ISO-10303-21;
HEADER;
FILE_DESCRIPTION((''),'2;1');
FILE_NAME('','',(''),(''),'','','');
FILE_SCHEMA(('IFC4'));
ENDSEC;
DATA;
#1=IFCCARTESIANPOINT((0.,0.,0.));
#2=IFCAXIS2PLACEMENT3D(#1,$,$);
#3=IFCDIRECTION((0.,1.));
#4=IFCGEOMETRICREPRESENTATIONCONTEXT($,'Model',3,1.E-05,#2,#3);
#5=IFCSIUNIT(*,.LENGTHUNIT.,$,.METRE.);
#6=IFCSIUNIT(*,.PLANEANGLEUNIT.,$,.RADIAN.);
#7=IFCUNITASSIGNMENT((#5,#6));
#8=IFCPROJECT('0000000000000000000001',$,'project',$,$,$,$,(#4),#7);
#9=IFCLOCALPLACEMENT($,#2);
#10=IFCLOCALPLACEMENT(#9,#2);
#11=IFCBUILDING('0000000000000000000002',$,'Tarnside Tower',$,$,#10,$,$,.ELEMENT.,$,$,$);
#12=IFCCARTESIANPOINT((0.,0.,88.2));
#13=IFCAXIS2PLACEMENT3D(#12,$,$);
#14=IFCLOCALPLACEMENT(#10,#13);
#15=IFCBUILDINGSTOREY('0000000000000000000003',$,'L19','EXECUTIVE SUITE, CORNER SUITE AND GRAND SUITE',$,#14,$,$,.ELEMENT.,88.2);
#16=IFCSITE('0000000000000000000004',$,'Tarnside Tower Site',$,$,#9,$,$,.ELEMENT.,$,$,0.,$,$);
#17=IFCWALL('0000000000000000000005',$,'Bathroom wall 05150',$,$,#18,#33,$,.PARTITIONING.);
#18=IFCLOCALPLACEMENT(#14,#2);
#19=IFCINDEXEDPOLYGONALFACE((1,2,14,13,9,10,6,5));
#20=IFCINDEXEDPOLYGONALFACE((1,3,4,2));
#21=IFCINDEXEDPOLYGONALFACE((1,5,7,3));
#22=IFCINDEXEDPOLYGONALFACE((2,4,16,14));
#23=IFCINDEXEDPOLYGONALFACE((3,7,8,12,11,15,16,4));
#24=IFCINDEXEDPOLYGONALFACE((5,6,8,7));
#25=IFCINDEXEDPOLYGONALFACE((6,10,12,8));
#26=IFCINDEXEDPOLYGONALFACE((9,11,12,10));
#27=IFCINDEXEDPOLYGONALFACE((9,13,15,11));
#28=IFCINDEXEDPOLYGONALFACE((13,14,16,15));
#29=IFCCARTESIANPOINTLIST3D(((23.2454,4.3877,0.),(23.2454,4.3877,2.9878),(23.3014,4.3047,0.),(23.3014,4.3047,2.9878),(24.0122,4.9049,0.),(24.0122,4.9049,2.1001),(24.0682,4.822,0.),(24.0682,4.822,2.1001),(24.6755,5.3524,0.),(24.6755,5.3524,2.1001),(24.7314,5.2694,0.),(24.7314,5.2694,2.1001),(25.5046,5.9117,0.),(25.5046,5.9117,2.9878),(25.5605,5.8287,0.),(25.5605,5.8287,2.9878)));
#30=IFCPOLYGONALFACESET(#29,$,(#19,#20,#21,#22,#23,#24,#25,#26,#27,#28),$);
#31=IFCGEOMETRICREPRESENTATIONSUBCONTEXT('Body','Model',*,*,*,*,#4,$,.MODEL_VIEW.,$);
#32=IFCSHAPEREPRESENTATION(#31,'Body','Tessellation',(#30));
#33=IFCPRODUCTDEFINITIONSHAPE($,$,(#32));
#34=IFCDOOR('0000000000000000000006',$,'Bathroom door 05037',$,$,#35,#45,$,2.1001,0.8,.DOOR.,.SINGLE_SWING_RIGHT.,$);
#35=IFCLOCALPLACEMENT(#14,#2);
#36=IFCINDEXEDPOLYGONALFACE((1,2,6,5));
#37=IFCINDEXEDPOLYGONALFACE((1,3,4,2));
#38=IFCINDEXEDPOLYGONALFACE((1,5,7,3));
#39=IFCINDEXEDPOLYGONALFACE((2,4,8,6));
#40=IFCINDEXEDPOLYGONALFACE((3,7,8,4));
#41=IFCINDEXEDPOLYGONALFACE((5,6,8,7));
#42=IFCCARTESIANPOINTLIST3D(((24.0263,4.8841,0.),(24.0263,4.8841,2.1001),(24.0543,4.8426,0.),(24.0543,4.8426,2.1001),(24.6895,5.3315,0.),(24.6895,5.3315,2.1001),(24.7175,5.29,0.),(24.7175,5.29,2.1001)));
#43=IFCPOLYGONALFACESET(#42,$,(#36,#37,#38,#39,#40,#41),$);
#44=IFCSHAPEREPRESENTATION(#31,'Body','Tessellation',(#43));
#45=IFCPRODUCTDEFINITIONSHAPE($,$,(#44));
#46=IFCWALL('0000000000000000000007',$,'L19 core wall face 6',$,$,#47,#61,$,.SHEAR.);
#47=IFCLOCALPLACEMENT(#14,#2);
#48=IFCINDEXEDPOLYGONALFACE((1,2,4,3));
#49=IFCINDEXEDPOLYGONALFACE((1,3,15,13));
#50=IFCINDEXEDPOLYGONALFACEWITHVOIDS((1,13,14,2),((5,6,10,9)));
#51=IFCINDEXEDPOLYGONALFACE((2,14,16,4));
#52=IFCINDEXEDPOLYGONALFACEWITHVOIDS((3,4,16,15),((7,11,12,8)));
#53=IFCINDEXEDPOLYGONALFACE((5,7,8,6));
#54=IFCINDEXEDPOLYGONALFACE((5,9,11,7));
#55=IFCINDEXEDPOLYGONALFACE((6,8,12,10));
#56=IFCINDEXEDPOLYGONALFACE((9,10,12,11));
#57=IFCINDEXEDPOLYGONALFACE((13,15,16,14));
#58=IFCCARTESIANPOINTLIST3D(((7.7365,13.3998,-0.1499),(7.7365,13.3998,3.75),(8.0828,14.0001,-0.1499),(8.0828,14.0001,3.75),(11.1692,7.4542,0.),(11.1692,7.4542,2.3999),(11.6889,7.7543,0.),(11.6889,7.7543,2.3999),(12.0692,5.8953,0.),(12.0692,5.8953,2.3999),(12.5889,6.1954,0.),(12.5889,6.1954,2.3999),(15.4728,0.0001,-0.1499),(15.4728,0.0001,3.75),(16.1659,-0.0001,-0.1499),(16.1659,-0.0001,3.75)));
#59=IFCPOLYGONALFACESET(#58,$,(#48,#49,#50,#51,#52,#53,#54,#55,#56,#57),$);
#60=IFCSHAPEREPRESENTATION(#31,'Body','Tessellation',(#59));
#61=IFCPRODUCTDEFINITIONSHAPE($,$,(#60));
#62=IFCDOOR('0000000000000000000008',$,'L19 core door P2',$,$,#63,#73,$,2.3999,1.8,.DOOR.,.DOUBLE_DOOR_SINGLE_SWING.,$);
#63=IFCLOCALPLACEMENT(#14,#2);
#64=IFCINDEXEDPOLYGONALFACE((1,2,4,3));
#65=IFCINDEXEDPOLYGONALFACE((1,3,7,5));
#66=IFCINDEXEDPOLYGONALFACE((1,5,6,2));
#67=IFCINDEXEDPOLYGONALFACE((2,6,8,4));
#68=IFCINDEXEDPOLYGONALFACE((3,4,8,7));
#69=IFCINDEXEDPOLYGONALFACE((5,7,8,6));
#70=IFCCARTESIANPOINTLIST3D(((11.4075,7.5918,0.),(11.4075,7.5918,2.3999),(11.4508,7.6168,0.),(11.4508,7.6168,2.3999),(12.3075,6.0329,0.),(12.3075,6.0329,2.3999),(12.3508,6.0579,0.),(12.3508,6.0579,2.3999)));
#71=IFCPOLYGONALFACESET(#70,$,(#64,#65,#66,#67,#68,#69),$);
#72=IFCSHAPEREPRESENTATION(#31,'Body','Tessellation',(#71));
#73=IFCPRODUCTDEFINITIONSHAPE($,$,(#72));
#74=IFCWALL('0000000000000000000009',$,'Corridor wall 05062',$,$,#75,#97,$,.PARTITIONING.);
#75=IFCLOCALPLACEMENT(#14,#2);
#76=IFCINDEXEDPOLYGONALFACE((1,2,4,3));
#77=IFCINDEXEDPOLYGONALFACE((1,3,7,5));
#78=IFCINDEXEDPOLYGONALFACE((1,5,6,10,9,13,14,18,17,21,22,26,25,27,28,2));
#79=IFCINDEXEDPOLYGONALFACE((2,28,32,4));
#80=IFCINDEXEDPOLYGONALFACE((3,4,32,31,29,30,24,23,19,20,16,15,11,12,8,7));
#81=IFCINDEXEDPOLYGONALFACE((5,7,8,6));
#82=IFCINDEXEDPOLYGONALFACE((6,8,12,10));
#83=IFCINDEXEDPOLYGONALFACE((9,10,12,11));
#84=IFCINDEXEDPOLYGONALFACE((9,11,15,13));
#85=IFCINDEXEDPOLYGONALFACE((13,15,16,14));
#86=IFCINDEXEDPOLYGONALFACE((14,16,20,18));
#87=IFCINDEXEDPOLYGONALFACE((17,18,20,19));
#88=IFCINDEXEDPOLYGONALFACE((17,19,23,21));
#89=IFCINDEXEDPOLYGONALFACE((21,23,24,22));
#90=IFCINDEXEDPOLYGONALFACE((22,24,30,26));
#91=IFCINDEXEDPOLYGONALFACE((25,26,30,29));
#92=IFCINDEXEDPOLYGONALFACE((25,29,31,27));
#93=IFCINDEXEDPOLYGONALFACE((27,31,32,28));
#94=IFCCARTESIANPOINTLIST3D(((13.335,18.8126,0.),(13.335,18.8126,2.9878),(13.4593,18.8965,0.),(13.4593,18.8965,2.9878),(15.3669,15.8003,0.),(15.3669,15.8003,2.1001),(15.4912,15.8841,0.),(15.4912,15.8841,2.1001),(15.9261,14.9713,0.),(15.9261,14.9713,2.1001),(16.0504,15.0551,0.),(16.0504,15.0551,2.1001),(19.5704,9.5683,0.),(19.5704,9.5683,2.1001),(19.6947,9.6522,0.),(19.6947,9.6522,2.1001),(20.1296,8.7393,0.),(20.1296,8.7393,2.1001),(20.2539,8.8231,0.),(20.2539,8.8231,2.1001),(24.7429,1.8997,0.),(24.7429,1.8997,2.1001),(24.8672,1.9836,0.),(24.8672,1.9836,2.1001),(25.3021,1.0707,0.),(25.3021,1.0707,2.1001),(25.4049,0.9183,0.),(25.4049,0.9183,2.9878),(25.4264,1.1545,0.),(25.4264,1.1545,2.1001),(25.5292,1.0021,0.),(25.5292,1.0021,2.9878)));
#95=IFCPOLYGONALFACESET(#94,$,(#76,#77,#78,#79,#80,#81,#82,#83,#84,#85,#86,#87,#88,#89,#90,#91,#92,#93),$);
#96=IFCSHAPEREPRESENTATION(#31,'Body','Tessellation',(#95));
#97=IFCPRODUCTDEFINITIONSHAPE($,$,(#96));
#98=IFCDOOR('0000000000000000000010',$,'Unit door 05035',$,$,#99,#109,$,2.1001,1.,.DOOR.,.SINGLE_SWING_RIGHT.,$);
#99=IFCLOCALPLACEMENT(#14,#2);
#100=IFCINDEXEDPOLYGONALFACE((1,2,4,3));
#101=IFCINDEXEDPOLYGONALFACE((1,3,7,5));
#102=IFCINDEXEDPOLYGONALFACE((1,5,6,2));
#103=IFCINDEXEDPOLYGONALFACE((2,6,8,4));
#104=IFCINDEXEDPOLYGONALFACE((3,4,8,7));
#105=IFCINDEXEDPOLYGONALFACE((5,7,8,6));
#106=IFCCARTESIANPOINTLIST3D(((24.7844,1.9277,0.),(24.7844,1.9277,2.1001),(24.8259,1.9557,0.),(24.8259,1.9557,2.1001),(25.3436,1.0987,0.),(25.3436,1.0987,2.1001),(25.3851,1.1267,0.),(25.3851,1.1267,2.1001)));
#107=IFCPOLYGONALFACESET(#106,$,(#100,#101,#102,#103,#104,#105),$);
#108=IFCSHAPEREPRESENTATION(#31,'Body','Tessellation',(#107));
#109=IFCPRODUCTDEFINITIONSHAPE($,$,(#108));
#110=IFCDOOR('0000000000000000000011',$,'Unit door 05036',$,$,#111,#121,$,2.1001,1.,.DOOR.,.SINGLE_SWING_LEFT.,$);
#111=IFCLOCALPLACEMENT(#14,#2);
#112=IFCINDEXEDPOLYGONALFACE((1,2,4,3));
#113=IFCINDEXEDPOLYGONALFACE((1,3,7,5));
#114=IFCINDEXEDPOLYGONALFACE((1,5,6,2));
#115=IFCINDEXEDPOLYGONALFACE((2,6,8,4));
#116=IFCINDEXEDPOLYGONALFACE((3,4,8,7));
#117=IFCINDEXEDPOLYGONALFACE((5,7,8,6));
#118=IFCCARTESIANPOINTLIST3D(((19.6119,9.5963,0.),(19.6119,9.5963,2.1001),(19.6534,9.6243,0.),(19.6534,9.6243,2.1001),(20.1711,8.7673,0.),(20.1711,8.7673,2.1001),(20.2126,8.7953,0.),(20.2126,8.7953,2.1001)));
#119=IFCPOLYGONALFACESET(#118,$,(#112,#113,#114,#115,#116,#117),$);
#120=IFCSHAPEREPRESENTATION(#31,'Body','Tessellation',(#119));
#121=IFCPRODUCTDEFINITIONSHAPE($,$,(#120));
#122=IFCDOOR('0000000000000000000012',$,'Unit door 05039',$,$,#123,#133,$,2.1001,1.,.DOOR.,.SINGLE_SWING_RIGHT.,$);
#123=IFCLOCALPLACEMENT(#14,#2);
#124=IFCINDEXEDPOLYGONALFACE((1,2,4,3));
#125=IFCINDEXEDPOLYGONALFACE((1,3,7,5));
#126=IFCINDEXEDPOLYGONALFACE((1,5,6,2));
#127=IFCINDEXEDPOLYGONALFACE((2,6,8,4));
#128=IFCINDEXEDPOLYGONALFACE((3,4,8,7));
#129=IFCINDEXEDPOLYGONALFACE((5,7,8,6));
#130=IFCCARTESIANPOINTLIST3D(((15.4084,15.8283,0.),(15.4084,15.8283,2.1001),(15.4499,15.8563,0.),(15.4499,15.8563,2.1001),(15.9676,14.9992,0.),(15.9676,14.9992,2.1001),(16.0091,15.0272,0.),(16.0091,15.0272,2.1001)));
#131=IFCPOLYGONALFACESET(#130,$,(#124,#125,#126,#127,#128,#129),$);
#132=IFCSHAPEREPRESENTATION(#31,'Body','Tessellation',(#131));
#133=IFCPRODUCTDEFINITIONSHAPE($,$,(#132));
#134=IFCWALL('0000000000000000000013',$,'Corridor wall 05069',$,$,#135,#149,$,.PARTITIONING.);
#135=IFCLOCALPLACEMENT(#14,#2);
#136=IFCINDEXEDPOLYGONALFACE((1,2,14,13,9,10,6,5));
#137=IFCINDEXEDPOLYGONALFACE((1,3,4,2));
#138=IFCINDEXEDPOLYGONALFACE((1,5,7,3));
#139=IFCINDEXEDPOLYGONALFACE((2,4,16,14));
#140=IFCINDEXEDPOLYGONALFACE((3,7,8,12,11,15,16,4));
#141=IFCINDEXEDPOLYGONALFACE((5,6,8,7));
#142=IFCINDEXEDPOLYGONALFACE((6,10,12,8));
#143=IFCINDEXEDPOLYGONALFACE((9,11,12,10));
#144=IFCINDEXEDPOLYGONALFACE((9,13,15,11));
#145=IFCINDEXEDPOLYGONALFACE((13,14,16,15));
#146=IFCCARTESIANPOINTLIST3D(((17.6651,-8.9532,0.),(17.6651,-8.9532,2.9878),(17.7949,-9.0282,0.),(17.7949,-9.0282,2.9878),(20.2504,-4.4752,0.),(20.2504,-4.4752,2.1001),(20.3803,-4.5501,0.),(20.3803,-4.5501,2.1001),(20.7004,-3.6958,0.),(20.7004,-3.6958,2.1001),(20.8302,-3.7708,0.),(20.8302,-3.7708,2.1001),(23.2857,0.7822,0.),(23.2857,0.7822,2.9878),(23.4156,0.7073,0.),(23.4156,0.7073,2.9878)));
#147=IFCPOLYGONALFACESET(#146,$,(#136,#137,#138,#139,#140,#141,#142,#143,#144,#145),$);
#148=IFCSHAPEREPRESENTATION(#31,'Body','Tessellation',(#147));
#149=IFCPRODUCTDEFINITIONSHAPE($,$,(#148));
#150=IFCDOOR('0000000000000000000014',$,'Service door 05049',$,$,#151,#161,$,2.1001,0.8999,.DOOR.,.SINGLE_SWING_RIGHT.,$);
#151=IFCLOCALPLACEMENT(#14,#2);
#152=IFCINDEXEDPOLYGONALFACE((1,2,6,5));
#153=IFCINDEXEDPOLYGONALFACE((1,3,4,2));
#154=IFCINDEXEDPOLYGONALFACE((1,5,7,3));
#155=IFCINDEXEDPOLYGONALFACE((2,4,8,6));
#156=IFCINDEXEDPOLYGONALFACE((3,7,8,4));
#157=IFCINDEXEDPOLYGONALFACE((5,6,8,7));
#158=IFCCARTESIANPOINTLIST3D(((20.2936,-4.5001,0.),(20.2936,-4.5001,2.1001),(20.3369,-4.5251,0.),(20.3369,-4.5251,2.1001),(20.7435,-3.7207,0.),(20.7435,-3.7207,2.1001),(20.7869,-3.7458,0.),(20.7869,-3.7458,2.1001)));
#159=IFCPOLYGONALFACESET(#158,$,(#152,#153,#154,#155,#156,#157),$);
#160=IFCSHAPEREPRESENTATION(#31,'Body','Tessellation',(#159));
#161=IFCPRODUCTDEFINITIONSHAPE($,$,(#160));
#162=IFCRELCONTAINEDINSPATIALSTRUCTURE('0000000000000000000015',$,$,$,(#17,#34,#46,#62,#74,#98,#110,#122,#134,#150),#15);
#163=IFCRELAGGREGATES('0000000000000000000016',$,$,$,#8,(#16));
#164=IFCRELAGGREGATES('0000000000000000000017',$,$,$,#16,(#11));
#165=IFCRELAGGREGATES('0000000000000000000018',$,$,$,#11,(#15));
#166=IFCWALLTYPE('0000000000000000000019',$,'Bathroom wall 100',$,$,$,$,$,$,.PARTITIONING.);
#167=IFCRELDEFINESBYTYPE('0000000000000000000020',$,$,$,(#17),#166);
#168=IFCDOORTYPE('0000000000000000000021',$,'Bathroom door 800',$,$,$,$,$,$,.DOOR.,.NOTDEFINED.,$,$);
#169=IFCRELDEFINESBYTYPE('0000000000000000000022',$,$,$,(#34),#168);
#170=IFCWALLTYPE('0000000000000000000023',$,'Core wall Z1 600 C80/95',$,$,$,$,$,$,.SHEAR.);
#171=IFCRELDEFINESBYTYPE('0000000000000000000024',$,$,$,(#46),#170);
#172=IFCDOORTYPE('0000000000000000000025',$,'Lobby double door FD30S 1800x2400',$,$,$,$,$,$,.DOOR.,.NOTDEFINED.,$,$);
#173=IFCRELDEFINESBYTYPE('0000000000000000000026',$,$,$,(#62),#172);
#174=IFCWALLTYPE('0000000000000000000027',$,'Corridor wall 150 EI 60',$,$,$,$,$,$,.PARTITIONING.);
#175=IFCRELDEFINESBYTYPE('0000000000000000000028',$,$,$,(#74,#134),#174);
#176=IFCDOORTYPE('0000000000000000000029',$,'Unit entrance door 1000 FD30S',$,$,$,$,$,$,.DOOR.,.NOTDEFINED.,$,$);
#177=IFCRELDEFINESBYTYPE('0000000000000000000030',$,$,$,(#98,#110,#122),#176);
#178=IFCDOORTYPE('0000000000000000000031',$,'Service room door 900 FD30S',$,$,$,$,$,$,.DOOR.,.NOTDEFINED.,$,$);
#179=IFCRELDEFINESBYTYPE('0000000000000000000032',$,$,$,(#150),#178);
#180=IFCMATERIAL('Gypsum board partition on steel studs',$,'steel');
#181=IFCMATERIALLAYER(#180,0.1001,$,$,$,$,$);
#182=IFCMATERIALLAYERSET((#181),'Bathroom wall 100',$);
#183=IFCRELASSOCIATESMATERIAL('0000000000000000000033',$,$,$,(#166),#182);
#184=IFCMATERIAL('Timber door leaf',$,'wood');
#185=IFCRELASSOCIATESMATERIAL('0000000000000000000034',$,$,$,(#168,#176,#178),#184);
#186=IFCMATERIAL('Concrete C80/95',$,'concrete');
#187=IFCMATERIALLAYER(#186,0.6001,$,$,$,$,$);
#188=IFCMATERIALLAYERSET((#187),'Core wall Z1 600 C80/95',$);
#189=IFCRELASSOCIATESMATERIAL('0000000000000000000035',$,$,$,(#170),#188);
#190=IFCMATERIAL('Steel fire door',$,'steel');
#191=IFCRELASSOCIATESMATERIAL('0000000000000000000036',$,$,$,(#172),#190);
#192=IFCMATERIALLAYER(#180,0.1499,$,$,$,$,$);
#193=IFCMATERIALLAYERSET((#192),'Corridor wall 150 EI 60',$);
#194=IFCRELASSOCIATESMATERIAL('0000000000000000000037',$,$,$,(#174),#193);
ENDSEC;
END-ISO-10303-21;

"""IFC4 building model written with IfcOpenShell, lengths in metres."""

from ifc_helpers import new_model, si_unit, direction, frame, frame_2d, origin, place, context, subcontext, project, spatial, polyline, rectangle, outline, extrude, material, layer, layer_set, type_object, element, fill, save


model = new_model("IFC4")

# Units and contexts
model_context = context("Model", 3, precision=1e-05, world=origin(), true_north=direction((0.0, 1.0)))
body_context = subcontext(model_context, "Body", "Model", "MODEL_VIEW")
ifc_project = project(units=[si_unit("LENGTHUNIT", "METRE"), si_unit("PLANEANGLEUNIT", "RADIAN")], contexts=[model_context])

# Site, building, storey
site_placement = place(None, origin())
site = spatial("IfcSite", under=ifc_project, at=site_placement, Name="Tarnside Tower Site", CompositionType="ELEMENT", RefElevation=0.0)
building_placement = place(site_placement, origin())
building = spatial("IfcBuilding", under=site, at=building_placement, Name="Tarnside Tower", CompositionType="ELEMENT")
storey_placement = place(building_placement, frame((0.0, 0.0, 88.2)))
storey = spatial("IfcBuildingStorey", under=building, at=storey_placement, Name="L19", Description="EXECUTIVE SUITE, CORNER SUITE AND GRAND SUITE", CompositionType="ELEMENT", Elevation=88.2)

# Walls, openings, doors
ifc_material_1 = material(Name="Gypsum board partition on steel studs", Category="steel")
ifc_layer_1 = layer(ifc_material_1, 0.1001)
ifc_layer_set_1 = layer_set([ifc_layer_1], Name="Bathroom wall 100")
wall_type_1 = type_object("IfcWallType", Name="Bathroom wall 100", PredefinedType="PARTITIONING", material=ifc_layer_set_1)
wall_1_placement = place(storey_placement, frame((23.2734, 4.3462, 0.0), z_axis=(0.0, 0.0, 1.0), x_axis=(0.829005, 0.55924, 0.0)))
wall_1 = element("IfcWall", 1, at=wall_1_placement, inside=storey, type_object=wall_type_1, Name="Bathroom wall 05150", PredefinedType="PARTITIONING", context=body_context, shape_type="SweptSolid", body=[
    extrude(rectangle(XDim=2.7251, YDim=0.1001, at=frame_2d((1.3625, 0.0))), origin(), (0.0, 0.0, 1.0), 2.9878),
])
opening_1_placement = place(wall_1_placement, frame((0.925, 0.0, 0.0)))
opening_1 = element("IfcOpeningElement", 2, at=opening_1_placement, cuts=wall_1, PredefinedType="OPENING", context=body_context, shape_type="SweptSolid", body=[
    extrude(rectangle(XDim=0.8, YDim=2.1001, at=frame_2d((0.3999, 1.05))), frame((0.0, 0.0601, 0.0), z_axis=(0.0, -1.0, 0.0), x_axis=(1.0, 0.0, 0.0)), (0.0, 0.0, 1.0), 0.1201),
])
ifc_material_2 = material(Name="Timber door leaf", Category="wood")
door_type_1 = type_object("IfcDoorType", Name="Bathroom door 800", OperationType="NOTDEFINED", PredefinedType="DOOR", material=ifc_material_2)
door_1_placement = place(opening_1_placement, origin())
door_1 = element("IfcDoor", 3, at=door_1_placement, inside=storey, type_object=door_type_1, Name="Bathroom door 05037", OperationType="SINGLE_SWING_RIGHT", OverallHeight=2.1001, OverallWidth=0.8, PredefinedType="DOOR", context=body_context, shape_type="SweptSolid", body=[
    extrude(rectangle(XDim=0.8, YDim=2.1001, at=frame_2d((0.3999, 1.05))), frame((0.0, 0.0249, 0.0), z_axis=(0.0, -1.0, 0.0), x_axis=(1.0, 0.0, 0.0)), (0.0, 0.0, 1.0), 0.05),
])
fill(opening_1, door_1)
ifc_material_3 = material(Name="Concrete C80/95", Category="concrete")
ifc_layer_2 = layer(ifc_material_3, 0.6001)
ifc_layer_set_2 = layer_set([ifc_layer_2], Name="Core wall Z1 600 C80/95")
wall_type_2 = type_object("IfcWallType", Name="Core wall Z1 600 C80/95", PredefinedType="SHEAR", material=ifc_layer_set_2)
wall_2_placement = place(storey_placement, frame((15.8193, 0.0, -0.1499), z_axis=(0.0, 0.0, 1.0), x_axis=(-0.5, 0.866025, 0.0)))
wall_2 = element("IfcWall", 4, at=wall_2_placement, inside=storey, type_object=wall_type_2, Name="L19 core wall face 6", PredefinedType="SHEAR", context=body_context, shape_type="SweptSolid", body=[
    extrude(outline(polyline([(-0.1733, -0.3), (15.9927, -0.3), (15.646, 0.3), (0.1733, 0.3), (-0.1733, -0.3)])), origin(), (0.0, 0.0, 1.0), 3.8999),
])
opening_2_placement = place(wall_2_placement, frame((6.9807, 0.0, 0.1499)))
opening_2 = element("IfcOpeningElement", 5, at=opening_2_placement, cuts=wall_2, PredefinedType="OPENING", context=body_context, shape_type="SweptSolid", body=[
    extrude(rectangle(XDim=1.8, YDim=2.3999, at=frame_2d((0.8999, 1.2))), frame((0.0, 0.3101, 0.0), z_axis=(0.0, -1.0, 0.0), x_axis=(1.0, 0.0, 0.0)), (0.0, 0.0, 1.0), 0.6201),
])
ifc_material_4 = material(Name="Steel fire door", Category="steel")
door_type_2 = type_object("IfcDoorType", Name="Lobby double door FD30S 1800x2400", OperationType="NOTDEFINED", PredefinedType="DOOR", material=ifc_material_4)
door_2_placement = place(opening_2_placement, origin())
door_2 = element("IfcDoor", 6, at=door_2_placement, inside=storey, type_object=door_type_2, Name="L19 core door P2", OperationType="DOUBLE_DOOR_SINGLE_SWING", OverallHeight=2.3999, OverallWidth=1.8, PredefinedType="DOOR", context=body_context, shape_type="SweptSolid", body=[
    extrude(rectangle(XDim=1.8, YDim=2.3999, at=frame_2d((0.8999, 1.2))), frame((0.0, 0.0249, 0.0), z_axis=(0.0, -1.0, 0.0), x_axis=(1.0, 0.0, 0.0)), (0.0, 0.0, 1.0), 0.05),
])
fill(opening_2, door_2)

# Wall, openings, doors
ifc_layer_3 = layer(ifc_material_1, 0.1499)
ifc_layer_set_3 = layer_set([ifc_layer_3], Name="Corridor wall 150 EI 60")
wall_type_3 = type_object("IfcWallType", Name="Corridor wall 150 EI 60", PredefinedType="PARTITIONING", material=ifc_layer_set_3)
wall_3_placement = place(storey_placement, frame((25.467, 0.9602, 0.0), z_axis=(0.0, 0.0, 1.0), x_axis=(-0.559192, 0.829038, 0.0)))
wall_3 = element("IfcWall", 7, at=wall_3_placement, inside=storey, type_object=wall_type_3, Name="Corridor wall 05062", PredefinedType="PARTITIONING", context=body_context, shape_type="SweptSolid", body=[
    extrude(rectangle(XDim=21.5845, YDim=0.1499, at=frame_2d((10.7922, 0.0))), origin(), (0.0, 0.0, 1.0), 2.9878),
])
opening_3_placement = place(wall_3_placement, frame((0.1838, 0.0, 0.0)))
opening_3 = element("IfcOpeningElement", 8, at=opening_3_placement, cuts=wall_3, PredefinedType="OPENING", context=body_context, shape_type="SweptSolid", body=[
    extrude(rectangle(XDim=1.0, YDim=2.1001, at=frame_2d((0.5, 1.05))), frame((0.0, 0.085, 0.0), z_axis=(0.0, -1.0, 0.0), x_axis=(1.0, 0.0, 0.0)), (0.0, 0.0, 1.0), 0.1699),
])
opening_4_placement = place(wall_3_placement, frame((9.4338, 0.0, 0.0)))
opening_4 = element("IfcOpeningElement", 9, at=opening_4_placement, cuts=wall_3, PredefinedType="OPENING", context=body_context, shape_type="SweptSolid", body=[
    extrude(rectangle(XDim=1.0, YDim=2.1001, at=frame_2d((0.5, 1.05))), frame((0.0, 0.085, 0.0), z_axis=(0.0, -1.0, 0.0), x_axis=(1.0, 0.0, 0.0)), (0.0, 0.0, 1.0), 0.1699),
])
opening_5_placement = place(wall_3_placement, frame((16.9509, 0.0, 0.0)))
opening_5 = element("IfcOpeningElement", 10, at=opening_5_placement, cuts=wall_3, PredefinedType="OPENING", context=body_context, shape_type="SweptSolid", body=[
    extrude(rectangle(XDim=1.0, YDim=2.1001, at=frame_2d((0.5, 1.05))), frame((0.0, 0.085, 0.0), z_axis=(0.0, -1.0, 0.0), x_axis=(1.0, 0.0, 0.0)), (0.0, 0.0, 1.0), 0.1699),
])
door_type_3 = type_object("IfcDoorType", Name="Unit entrance door 1000 FD30S", OperationType="NOTDEFINED", PredefinedType="DOOR", material=ifc_material_2)
door_3_placement = place(opening_3_placement, origin())
door_3 = element("IfcDoor", 11, at=door_3_placement, inside=storey, type_object=door_type_3, Name="Unit door 05035", OperationType="SINGLE_SWING_RIGHT", OverallHeight=2.1001, OverallWidth=1.0, PredefinedType="DOOR", context=body_context, shape_type="SweptSolid", body=[
    extrude(rectangle(XDim=1.0, YDim=2.1001, at=frame_2d((0.5, 1.05))), frame((0.0, 0.0249, 0.0), z_axis=(0.0, -1.0, 0.0), x_axis=(1.0, 0.0, 0.0)), (0.0, 0.0, 1.0), 0.05),
])
fill(opening_3, door_3)
door_4_placement = place(opening_4_placement, origin())
door_4 = element("IfcDoor", 12, at=door_4_placement, inside=storey, type_object=door_type_3, Name="Unit door 05036", OperationType="SINGLE_SWING_LEFT", OverallHeight=2.1001, OverallWidth=1.0, PredefinedType="DOOR", context=body_context, shape_type="SweptSolid", body=[
    extrude(rectangle(XDim=1.0, YDim=2.1001, at=frame_2d((0.5, 1.05))), frame((0.0, 0.0249, 0.0), z_axis=(0.0, -1.0, 0.0), x_axis=(1.0, 0.0, 0.0)), (0.0, 0.0, 1.0), 0.05),
])
fill(opening_4, door_4)
door_5_placement = place(opening_5_placement, origin())
door_5 = element("IfcDoor", 13, at=door_5_placement, inside=storey, type_object=door_type_3, Name="Unit door 05039", OperationType="SINGLE_SWING_RIGHT", OverallHeight=2.1001, OverallWidth=1.0, PredefinedType="DOOR", context=body_context, shape_type="SweptSolid", body=[
    extrude(rectangle(XDim=1.0, YDim=2.1001, at=frame_2d((0.5, 1.05))), frame((0.0, 0.0249, 0.0), z_axis=(0.0, -1.0, 0.0), x_axis=(1.0, 0.0, 0.0)), (0.0, 0.0, 1.0), 0.05),
])
fill(opening_5, door_5)

# Wall, opening, door
wall_4_placement = place(storey_placement, frame((23.3506, 0.7446, 0.0), z_axis=(0.0, 0.0, 1.0), x_axis=(-0.499993, -0.866029, 0.0)))
wall_4 = element("IfcWall", 14, at=wall_4_placement, inside=storey, type_object=wall_type_3, Name="Corridor wall 05069", PredefinedType="PARTITIONING", context=body_context, shape_type="SweptSolid", body=[
    extrude(rectangle(XDim=11.2415, YDim=0.1499, at=frame_2d((5.6206, 0.0))), origin(), (0.0, 0.0, 1.0), 2.9878),
])
opening_6_placement = place(wall_4_placement, frame((5.1707, 0.0, 0.0)))
opening_6 = element("IfcOpeningElement", 15, at=opening_6_placement, cuts=wall_4, PredefinedType="OPENING", context=body_context, shape_type="SweptSolid", body=[
    extrude(rectangle(XDim=0.8999, YDim=2.1001, at=frame_2d((0.45, 1.05))), frame((0.0, 0.085, 0.0), z_axis=(0.0, -1.0, 0.0), x_axis=(1.0, 0.0, 0.0)), (0.0, 0.0, 1.0), 0.1699),
])
door_type_4 = type_object("IfcDoorType", Name="Service room door 900 FD30S", OperationType="NOTDEFINED", PredefinedType="DOOR", material=ifc_material_2)
door_6_placement = place(opening_6_placement, origin())
door_6 = element("IfcDoor", 16, at=door_6_placement, inside=storey, type_object=door_type_4, Name="Service door 05049", OperationType="SINGLE_SWING_RIGHT", OverallHeight=2.1001, OverallWidth=0.8999, PredefinedType="DOOR", context=body_context, shape_type="SweptSolid", body=[
    extrude(rectangle(XDim=0.8999, YDim=2.1001, at=frame_2d((0.45, 1.05))), frame((0.0, 0.0249, 0.0), z_axis=(0.0, -1.0, 0.0), x_axis=(1.0, 0.0, 0.0)), (0.0, 0.0, 1.0), 0.05),
])
fill(opening_6, door_6)

save(model, "model.ifc")
